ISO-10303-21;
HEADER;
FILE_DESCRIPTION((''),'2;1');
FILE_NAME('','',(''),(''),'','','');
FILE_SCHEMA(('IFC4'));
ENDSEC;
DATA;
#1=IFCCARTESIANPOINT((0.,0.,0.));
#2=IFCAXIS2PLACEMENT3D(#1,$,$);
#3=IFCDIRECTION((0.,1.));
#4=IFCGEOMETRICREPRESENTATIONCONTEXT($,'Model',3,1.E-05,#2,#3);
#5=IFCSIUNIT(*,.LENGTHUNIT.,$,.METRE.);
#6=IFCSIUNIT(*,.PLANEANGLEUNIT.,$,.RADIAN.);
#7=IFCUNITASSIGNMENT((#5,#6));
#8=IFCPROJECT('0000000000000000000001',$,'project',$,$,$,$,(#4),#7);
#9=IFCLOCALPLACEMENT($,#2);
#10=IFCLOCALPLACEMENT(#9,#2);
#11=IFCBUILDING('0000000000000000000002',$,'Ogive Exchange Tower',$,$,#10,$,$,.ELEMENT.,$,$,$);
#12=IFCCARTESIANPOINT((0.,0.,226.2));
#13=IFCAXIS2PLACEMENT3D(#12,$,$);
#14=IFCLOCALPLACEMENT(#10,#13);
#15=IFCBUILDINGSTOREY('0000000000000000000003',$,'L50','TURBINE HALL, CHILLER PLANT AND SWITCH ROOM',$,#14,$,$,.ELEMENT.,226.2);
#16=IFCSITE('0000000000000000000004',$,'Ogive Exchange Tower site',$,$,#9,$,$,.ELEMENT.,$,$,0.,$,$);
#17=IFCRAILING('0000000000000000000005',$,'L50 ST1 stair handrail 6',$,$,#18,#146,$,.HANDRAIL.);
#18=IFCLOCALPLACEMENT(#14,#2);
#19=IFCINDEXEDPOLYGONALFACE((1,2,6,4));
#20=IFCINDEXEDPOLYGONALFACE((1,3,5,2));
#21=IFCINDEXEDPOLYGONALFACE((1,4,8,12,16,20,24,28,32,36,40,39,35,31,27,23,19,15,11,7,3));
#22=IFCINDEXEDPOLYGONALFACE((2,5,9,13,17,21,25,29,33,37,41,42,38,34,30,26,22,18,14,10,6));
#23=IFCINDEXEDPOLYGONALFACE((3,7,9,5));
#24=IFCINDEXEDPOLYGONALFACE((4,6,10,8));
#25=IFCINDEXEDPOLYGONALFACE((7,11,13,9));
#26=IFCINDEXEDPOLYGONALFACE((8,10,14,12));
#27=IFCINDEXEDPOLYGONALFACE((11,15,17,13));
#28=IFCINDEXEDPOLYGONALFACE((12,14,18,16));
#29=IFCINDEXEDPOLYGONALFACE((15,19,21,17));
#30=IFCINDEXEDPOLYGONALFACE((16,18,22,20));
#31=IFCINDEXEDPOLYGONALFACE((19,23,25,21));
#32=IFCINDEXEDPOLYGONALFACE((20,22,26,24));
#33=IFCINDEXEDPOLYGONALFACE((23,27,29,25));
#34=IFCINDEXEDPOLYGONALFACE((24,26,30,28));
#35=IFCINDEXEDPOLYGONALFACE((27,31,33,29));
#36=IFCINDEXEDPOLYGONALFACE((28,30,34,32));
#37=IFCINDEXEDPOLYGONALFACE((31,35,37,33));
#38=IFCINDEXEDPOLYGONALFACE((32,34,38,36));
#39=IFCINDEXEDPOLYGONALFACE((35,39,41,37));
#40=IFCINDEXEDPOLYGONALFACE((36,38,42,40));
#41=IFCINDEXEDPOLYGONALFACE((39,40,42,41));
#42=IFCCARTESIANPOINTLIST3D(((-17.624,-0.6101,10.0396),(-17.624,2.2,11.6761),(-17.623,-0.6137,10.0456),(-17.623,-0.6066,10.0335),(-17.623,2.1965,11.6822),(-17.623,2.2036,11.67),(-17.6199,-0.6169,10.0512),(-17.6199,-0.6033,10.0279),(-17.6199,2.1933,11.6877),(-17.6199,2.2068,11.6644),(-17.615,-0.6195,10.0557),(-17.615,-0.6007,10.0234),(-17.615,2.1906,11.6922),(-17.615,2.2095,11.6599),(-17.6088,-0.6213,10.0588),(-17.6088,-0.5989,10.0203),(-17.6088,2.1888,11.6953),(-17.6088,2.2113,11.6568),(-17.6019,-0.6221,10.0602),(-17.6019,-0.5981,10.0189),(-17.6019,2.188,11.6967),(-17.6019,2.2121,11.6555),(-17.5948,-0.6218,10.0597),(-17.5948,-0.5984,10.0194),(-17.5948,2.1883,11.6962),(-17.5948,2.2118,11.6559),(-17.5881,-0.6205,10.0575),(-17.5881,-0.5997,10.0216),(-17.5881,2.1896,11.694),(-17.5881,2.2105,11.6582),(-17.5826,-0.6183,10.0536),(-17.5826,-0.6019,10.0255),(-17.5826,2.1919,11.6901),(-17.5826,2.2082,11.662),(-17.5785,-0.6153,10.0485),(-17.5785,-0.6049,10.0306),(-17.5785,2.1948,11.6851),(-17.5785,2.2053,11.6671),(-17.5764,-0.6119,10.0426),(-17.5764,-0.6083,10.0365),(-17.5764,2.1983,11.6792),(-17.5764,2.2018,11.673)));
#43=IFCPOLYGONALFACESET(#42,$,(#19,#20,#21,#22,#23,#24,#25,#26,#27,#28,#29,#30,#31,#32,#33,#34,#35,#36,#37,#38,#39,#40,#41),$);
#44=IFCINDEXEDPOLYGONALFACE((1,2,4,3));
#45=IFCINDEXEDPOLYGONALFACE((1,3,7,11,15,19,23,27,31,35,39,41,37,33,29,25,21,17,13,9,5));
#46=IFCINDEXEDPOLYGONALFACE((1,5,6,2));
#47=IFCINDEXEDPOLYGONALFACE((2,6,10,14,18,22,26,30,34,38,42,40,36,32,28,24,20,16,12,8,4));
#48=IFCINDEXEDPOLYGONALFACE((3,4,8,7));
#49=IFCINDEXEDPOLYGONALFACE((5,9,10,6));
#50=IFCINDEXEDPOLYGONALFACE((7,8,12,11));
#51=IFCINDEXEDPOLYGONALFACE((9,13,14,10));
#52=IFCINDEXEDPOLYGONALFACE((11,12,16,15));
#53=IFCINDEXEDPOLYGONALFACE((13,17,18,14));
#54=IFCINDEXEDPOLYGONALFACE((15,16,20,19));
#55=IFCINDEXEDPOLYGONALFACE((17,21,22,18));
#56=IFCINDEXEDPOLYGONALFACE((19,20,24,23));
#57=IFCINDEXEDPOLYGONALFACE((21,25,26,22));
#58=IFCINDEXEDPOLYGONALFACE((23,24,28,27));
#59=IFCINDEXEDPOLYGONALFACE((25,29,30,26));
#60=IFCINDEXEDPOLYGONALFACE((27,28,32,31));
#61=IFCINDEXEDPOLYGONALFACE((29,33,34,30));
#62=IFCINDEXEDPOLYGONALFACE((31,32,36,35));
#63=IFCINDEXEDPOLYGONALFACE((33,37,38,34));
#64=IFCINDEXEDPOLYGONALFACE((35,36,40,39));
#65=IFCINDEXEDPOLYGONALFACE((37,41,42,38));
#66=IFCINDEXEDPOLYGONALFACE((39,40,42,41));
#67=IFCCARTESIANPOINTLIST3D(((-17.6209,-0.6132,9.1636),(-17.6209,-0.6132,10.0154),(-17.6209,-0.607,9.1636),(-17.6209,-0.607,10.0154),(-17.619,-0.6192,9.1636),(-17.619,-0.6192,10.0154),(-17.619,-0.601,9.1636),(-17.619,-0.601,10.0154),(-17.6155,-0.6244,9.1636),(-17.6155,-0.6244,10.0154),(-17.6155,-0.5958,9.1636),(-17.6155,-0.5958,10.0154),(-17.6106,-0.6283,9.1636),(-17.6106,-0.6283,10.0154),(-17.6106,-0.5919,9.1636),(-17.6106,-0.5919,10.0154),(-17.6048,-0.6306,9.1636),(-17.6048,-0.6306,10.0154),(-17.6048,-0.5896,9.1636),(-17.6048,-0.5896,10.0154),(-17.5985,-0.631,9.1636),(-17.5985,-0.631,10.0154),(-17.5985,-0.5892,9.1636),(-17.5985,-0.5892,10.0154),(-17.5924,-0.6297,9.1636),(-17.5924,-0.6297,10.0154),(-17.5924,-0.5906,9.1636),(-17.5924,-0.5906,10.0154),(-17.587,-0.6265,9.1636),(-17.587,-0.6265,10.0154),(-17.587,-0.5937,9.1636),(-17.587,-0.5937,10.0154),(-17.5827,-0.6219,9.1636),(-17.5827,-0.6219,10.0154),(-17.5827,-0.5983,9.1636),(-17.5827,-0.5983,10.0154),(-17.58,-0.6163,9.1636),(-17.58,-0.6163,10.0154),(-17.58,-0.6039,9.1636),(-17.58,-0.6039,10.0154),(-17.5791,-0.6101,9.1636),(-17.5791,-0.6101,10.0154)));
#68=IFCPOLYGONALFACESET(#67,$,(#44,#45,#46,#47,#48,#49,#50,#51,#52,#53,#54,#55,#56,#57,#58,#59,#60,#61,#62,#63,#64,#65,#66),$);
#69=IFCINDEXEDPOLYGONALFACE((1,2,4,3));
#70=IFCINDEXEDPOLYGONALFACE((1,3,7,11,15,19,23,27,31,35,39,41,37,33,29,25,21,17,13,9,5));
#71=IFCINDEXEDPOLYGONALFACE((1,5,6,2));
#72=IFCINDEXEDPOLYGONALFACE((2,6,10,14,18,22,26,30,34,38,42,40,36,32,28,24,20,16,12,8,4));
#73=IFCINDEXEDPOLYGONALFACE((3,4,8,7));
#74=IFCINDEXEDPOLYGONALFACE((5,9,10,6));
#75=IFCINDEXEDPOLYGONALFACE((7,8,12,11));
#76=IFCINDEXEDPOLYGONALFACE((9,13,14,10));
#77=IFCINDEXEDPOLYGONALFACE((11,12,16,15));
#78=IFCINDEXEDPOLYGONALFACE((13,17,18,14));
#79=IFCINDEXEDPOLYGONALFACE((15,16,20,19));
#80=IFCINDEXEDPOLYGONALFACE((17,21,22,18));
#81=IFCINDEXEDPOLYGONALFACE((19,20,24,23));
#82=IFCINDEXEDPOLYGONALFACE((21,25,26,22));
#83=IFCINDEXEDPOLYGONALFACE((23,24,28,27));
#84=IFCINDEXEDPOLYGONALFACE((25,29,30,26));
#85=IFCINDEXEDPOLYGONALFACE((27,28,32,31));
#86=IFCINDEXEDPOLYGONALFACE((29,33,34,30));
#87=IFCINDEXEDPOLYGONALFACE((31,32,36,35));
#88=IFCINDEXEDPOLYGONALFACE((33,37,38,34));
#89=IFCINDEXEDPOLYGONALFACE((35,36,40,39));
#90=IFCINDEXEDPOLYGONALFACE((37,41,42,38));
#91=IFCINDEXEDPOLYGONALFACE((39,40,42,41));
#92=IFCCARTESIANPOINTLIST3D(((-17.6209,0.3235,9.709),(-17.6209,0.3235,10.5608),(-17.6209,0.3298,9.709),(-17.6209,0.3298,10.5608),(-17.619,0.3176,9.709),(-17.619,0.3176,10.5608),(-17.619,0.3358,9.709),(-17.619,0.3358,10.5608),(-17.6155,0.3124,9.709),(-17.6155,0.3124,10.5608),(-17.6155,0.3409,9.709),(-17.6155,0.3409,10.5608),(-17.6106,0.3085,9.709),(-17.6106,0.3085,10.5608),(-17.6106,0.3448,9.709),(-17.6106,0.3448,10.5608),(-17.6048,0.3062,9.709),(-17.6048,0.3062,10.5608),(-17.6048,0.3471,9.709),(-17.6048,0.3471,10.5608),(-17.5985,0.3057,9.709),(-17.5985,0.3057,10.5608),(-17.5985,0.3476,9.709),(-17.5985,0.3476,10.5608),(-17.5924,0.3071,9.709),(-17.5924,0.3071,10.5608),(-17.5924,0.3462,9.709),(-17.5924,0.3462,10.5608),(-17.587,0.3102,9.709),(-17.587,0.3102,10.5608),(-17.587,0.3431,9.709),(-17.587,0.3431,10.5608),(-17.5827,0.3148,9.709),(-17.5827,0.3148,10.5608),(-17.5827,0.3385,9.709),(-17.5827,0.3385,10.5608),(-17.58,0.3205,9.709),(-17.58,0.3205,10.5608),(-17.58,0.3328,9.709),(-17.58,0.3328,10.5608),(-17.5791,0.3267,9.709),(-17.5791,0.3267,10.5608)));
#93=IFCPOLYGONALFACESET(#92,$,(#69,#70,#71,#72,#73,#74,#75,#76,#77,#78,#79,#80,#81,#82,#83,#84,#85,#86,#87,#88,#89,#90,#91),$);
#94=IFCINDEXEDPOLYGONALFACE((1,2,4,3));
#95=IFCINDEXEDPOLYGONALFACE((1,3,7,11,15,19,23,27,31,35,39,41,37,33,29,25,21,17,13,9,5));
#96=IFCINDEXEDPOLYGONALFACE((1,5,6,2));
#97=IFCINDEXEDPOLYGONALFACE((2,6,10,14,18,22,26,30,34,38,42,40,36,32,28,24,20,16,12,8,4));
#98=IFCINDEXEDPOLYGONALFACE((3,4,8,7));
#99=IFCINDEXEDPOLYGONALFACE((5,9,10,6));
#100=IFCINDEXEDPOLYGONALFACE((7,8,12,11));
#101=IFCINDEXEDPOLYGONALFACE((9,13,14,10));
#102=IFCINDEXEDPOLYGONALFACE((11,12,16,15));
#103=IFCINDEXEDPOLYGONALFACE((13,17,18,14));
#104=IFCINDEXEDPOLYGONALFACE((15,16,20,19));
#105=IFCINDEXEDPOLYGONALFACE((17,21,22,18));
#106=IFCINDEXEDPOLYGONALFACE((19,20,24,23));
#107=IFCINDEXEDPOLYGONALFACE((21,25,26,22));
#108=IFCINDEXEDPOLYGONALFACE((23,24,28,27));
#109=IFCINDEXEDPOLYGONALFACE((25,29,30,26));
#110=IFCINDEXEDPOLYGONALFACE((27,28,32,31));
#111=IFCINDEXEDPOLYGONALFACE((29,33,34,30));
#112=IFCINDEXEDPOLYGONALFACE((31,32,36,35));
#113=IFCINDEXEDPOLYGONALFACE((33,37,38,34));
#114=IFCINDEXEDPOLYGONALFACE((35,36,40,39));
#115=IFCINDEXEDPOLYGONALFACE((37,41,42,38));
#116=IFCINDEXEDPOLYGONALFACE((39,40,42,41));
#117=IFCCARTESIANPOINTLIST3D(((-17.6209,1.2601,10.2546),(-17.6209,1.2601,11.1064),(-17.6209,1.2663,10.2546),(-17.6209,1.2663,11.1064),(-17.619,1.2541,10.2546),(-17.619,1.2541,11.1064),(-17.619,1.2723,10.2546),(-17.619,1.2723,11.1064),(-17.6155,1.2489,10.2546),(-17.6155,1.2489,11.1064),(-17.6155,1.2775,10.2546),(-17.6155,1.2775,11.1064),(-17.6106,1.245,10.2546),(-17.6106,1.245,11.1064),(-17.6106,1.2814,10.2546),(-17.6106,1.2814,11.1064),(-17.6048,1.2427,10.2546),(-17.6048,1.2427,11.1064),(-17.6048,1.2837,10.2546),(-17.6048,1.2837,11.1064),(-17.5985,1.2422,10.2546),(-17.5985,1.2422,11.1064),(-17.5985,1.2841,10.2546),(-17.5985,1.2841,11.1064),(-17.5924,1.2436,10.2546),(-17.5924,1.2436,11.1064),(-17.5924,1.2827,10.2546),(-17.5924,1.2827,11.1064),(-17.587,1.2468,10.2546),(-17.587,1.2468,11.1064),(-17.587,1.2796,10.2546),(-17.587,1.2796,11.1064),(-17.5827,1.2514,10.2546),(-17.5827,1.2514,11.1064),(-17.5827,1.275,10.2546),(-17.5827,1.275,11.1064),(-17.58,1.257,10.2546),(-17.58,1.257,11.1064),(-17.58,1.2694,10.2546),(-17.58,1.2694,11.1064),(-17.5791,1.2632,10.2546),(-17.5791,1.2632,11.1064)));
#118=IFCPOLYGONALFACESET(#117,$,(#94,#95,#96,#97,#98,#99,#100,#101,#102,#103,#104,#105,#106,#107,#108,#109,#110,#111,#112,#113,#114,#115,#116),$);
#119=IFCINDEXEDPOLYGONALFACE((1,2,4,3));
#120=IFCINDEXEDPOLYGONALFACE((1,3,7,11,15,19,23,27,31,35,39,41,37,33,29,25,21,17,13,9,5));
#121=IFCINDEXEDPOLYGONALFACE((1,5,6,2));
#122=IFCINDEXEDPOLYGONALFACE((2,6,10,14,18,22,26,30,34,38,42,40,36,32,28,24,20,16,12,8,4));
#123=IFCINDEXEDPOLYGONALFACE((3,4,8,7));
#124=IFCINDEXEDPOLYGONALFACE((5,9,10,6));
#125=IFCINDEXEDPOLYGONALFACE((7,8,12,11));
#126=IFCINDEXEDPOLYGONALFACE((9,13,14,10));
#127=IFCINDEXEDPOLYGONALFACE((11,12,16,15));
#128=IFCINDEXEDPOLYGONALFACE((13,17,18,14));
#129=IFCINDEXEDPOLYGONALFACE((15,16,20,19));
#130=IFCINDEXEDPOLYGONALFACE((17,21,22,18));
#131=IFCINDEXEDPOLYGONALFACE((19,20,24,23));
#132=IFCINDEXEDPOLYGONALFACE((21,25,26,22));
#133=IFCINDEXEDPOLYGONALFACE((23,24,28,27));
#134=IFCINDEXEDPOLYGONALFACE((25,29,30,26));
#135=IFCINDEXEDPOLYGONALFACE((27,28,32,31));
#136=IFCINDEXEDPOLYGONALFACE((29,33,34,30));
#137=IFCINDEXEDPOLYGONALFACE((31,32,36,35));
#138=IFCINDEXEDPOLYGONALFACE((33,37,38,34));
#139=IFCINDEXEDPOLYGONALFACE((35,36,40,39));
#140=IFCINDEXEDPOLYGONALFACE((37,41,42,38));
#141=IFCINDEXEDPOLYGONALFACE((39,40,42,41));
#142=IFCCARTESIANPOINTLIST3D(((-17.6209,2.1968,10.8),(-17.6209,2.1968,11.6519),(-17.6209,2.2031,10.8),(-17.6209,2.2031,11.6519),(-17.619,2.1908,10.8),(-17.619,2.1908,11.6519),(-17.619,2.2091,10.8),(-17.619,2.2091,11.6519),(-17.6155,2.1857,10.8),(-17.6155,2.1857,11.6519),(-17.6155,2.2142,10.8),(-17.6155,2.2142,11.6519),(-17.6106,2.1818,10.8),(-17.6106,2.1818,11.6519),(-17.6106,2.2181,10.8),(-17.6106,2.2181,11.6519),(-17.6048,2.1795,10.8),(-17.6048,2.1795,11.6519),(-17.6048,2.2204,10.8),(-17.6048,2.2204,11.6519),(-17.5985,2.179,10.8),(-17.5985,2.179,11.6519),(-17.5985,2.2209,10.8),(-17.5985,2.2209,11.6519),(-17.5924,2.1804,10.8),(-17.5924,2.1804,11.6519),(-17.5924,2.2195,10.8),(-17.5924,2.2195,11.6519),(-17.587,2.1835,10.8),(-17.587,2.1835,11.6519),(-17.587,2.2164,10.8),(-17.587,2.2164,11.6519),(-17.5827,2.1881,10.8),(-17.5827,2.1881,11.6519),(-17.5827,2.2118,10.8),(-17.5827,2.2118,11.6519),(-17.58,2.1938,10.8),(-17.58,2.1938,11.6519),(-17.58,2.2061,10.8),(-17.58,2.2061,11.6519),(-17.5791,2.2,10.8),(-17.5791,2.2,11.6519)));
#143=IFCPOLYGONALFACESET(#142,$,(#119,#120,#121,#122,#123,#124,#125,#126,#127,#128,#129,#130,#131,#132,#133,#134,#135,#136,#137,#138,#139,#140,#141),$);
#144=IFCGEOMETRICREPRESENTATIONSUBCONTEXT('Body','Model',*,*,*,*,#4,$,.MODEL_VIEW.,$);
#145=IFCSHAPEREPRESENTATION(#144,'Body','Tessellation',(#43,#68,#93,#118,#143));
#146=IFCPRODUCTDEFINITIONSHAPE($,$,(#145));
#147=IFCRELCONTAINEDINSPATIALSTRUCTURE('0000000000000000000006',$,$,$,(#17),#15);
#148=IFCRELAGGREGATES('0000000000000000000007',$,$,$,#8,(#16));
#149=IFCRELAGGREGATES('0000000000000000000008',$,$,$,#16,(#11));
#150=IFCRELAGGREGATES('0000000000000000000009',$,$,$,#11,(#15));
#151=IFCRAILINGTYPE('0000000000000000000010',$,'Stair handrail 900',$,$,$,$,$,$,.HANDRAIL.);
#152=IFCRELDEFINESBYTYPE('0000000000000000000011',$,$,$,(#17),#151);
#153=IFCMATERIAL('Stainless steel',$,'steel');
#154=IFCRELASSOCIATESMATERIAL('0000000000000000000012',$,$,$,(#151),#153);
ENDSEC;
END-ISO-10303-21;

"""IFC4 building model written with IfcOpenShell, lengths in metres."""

from ifc_helpers import new_model, si_unit, direction, frame, origin, origin_2d, place, context, subcontext, project, spatial, circle, extrude, material, type_object, element, save


model = new_model("IFC4")

# Units and contexts
model_context = context("Model", 3, precision=1e-05, world=origin(), true_north=direction((0.0, 1.0)))
body_context = subcontext(model_context, "Body", "Model", "MODEL_VIEW")
ifc_project = project(units=[si_unit("LENGTHUNIT", "METRE"), si_unit("PLANEANGLEUNIT", "RADIAN")], contexts=[model_context])

# Site, building, storey
site_placement = place(None, origin())
site = spatial("IfcSite", under=ifc_project, at=site_placement, Name="Ogive Exchange Tower site", CompositionType="ELEMENT", RefElevation=0.0)
building_placement = place(site_placement, origin())
building = spatial("IfcBuilding", under=site, at=building_placement, Name="Ogive Exchange Tower", CompositionType="ELEMENT")
storey_placement = place(building_placement, frame((0.0, 0.0, 226.2)))
storey = spatial("IfcBuildingStorey", under=building, at=storey_placement, Name="L50", Description="TURBINE HALL, CHILLER PLANT AND SWITCH ROOM", CompositionType="ELEMENT", Elevation=226.2)

# Shared definitions
ifc_material_1 = material(Name="Stainless steel", Category="steel")

# Railing
railing_type = type_object("IfcRailingType", Name="Stair handrail 900", PredefinedType="HANDRAIL", material=ifc_material_1)
railing_1_placement = place(storey_placement, frame((-17.6001, -0.6101, 9.1636)))
element("IfcRailing", 1, at=railing_1_placement, inside=storey, type_object=railing_type, Name="L50 ST1 stair handrail 6", PredefinedType="HANDRAIL", context=body_context, shape_type="SweptSolid", body=[
    extrude(circle(Radius=0.0239, at=origin_2d()), frame((0.0, 0.0, 0.876), z_axis=(0.0, 0.864144, 0.503245), x_axis=(-1.0, 0.0, 0.0)), (0.0, 0.0, 1.0), 3.252),
    extrude(circle(Radius=0.021, at=origin_2d()), origin(), (0.0, 0.0, 1.0), 0.8518),
    extrude(circle(Radius=0.021, at=origin_2d()), frame((0.0, 0.9368, 0.5454)), (0.0, 0.0, 1.0), 0.8518),
    extrude(circle(Radius=0.021, at=origin_2d()), frame((0.0, 1.8733, 1.0911)), (0.0, 0.0, 1.0), 0.8518),
    extrude(circle(Radius=0.021, at=origin_2d()), frame((0.0, 2.8101, 1.6365)), (0.0, 0.0, 1.0), 0.8518),
])

save(model, "model.ifc")
